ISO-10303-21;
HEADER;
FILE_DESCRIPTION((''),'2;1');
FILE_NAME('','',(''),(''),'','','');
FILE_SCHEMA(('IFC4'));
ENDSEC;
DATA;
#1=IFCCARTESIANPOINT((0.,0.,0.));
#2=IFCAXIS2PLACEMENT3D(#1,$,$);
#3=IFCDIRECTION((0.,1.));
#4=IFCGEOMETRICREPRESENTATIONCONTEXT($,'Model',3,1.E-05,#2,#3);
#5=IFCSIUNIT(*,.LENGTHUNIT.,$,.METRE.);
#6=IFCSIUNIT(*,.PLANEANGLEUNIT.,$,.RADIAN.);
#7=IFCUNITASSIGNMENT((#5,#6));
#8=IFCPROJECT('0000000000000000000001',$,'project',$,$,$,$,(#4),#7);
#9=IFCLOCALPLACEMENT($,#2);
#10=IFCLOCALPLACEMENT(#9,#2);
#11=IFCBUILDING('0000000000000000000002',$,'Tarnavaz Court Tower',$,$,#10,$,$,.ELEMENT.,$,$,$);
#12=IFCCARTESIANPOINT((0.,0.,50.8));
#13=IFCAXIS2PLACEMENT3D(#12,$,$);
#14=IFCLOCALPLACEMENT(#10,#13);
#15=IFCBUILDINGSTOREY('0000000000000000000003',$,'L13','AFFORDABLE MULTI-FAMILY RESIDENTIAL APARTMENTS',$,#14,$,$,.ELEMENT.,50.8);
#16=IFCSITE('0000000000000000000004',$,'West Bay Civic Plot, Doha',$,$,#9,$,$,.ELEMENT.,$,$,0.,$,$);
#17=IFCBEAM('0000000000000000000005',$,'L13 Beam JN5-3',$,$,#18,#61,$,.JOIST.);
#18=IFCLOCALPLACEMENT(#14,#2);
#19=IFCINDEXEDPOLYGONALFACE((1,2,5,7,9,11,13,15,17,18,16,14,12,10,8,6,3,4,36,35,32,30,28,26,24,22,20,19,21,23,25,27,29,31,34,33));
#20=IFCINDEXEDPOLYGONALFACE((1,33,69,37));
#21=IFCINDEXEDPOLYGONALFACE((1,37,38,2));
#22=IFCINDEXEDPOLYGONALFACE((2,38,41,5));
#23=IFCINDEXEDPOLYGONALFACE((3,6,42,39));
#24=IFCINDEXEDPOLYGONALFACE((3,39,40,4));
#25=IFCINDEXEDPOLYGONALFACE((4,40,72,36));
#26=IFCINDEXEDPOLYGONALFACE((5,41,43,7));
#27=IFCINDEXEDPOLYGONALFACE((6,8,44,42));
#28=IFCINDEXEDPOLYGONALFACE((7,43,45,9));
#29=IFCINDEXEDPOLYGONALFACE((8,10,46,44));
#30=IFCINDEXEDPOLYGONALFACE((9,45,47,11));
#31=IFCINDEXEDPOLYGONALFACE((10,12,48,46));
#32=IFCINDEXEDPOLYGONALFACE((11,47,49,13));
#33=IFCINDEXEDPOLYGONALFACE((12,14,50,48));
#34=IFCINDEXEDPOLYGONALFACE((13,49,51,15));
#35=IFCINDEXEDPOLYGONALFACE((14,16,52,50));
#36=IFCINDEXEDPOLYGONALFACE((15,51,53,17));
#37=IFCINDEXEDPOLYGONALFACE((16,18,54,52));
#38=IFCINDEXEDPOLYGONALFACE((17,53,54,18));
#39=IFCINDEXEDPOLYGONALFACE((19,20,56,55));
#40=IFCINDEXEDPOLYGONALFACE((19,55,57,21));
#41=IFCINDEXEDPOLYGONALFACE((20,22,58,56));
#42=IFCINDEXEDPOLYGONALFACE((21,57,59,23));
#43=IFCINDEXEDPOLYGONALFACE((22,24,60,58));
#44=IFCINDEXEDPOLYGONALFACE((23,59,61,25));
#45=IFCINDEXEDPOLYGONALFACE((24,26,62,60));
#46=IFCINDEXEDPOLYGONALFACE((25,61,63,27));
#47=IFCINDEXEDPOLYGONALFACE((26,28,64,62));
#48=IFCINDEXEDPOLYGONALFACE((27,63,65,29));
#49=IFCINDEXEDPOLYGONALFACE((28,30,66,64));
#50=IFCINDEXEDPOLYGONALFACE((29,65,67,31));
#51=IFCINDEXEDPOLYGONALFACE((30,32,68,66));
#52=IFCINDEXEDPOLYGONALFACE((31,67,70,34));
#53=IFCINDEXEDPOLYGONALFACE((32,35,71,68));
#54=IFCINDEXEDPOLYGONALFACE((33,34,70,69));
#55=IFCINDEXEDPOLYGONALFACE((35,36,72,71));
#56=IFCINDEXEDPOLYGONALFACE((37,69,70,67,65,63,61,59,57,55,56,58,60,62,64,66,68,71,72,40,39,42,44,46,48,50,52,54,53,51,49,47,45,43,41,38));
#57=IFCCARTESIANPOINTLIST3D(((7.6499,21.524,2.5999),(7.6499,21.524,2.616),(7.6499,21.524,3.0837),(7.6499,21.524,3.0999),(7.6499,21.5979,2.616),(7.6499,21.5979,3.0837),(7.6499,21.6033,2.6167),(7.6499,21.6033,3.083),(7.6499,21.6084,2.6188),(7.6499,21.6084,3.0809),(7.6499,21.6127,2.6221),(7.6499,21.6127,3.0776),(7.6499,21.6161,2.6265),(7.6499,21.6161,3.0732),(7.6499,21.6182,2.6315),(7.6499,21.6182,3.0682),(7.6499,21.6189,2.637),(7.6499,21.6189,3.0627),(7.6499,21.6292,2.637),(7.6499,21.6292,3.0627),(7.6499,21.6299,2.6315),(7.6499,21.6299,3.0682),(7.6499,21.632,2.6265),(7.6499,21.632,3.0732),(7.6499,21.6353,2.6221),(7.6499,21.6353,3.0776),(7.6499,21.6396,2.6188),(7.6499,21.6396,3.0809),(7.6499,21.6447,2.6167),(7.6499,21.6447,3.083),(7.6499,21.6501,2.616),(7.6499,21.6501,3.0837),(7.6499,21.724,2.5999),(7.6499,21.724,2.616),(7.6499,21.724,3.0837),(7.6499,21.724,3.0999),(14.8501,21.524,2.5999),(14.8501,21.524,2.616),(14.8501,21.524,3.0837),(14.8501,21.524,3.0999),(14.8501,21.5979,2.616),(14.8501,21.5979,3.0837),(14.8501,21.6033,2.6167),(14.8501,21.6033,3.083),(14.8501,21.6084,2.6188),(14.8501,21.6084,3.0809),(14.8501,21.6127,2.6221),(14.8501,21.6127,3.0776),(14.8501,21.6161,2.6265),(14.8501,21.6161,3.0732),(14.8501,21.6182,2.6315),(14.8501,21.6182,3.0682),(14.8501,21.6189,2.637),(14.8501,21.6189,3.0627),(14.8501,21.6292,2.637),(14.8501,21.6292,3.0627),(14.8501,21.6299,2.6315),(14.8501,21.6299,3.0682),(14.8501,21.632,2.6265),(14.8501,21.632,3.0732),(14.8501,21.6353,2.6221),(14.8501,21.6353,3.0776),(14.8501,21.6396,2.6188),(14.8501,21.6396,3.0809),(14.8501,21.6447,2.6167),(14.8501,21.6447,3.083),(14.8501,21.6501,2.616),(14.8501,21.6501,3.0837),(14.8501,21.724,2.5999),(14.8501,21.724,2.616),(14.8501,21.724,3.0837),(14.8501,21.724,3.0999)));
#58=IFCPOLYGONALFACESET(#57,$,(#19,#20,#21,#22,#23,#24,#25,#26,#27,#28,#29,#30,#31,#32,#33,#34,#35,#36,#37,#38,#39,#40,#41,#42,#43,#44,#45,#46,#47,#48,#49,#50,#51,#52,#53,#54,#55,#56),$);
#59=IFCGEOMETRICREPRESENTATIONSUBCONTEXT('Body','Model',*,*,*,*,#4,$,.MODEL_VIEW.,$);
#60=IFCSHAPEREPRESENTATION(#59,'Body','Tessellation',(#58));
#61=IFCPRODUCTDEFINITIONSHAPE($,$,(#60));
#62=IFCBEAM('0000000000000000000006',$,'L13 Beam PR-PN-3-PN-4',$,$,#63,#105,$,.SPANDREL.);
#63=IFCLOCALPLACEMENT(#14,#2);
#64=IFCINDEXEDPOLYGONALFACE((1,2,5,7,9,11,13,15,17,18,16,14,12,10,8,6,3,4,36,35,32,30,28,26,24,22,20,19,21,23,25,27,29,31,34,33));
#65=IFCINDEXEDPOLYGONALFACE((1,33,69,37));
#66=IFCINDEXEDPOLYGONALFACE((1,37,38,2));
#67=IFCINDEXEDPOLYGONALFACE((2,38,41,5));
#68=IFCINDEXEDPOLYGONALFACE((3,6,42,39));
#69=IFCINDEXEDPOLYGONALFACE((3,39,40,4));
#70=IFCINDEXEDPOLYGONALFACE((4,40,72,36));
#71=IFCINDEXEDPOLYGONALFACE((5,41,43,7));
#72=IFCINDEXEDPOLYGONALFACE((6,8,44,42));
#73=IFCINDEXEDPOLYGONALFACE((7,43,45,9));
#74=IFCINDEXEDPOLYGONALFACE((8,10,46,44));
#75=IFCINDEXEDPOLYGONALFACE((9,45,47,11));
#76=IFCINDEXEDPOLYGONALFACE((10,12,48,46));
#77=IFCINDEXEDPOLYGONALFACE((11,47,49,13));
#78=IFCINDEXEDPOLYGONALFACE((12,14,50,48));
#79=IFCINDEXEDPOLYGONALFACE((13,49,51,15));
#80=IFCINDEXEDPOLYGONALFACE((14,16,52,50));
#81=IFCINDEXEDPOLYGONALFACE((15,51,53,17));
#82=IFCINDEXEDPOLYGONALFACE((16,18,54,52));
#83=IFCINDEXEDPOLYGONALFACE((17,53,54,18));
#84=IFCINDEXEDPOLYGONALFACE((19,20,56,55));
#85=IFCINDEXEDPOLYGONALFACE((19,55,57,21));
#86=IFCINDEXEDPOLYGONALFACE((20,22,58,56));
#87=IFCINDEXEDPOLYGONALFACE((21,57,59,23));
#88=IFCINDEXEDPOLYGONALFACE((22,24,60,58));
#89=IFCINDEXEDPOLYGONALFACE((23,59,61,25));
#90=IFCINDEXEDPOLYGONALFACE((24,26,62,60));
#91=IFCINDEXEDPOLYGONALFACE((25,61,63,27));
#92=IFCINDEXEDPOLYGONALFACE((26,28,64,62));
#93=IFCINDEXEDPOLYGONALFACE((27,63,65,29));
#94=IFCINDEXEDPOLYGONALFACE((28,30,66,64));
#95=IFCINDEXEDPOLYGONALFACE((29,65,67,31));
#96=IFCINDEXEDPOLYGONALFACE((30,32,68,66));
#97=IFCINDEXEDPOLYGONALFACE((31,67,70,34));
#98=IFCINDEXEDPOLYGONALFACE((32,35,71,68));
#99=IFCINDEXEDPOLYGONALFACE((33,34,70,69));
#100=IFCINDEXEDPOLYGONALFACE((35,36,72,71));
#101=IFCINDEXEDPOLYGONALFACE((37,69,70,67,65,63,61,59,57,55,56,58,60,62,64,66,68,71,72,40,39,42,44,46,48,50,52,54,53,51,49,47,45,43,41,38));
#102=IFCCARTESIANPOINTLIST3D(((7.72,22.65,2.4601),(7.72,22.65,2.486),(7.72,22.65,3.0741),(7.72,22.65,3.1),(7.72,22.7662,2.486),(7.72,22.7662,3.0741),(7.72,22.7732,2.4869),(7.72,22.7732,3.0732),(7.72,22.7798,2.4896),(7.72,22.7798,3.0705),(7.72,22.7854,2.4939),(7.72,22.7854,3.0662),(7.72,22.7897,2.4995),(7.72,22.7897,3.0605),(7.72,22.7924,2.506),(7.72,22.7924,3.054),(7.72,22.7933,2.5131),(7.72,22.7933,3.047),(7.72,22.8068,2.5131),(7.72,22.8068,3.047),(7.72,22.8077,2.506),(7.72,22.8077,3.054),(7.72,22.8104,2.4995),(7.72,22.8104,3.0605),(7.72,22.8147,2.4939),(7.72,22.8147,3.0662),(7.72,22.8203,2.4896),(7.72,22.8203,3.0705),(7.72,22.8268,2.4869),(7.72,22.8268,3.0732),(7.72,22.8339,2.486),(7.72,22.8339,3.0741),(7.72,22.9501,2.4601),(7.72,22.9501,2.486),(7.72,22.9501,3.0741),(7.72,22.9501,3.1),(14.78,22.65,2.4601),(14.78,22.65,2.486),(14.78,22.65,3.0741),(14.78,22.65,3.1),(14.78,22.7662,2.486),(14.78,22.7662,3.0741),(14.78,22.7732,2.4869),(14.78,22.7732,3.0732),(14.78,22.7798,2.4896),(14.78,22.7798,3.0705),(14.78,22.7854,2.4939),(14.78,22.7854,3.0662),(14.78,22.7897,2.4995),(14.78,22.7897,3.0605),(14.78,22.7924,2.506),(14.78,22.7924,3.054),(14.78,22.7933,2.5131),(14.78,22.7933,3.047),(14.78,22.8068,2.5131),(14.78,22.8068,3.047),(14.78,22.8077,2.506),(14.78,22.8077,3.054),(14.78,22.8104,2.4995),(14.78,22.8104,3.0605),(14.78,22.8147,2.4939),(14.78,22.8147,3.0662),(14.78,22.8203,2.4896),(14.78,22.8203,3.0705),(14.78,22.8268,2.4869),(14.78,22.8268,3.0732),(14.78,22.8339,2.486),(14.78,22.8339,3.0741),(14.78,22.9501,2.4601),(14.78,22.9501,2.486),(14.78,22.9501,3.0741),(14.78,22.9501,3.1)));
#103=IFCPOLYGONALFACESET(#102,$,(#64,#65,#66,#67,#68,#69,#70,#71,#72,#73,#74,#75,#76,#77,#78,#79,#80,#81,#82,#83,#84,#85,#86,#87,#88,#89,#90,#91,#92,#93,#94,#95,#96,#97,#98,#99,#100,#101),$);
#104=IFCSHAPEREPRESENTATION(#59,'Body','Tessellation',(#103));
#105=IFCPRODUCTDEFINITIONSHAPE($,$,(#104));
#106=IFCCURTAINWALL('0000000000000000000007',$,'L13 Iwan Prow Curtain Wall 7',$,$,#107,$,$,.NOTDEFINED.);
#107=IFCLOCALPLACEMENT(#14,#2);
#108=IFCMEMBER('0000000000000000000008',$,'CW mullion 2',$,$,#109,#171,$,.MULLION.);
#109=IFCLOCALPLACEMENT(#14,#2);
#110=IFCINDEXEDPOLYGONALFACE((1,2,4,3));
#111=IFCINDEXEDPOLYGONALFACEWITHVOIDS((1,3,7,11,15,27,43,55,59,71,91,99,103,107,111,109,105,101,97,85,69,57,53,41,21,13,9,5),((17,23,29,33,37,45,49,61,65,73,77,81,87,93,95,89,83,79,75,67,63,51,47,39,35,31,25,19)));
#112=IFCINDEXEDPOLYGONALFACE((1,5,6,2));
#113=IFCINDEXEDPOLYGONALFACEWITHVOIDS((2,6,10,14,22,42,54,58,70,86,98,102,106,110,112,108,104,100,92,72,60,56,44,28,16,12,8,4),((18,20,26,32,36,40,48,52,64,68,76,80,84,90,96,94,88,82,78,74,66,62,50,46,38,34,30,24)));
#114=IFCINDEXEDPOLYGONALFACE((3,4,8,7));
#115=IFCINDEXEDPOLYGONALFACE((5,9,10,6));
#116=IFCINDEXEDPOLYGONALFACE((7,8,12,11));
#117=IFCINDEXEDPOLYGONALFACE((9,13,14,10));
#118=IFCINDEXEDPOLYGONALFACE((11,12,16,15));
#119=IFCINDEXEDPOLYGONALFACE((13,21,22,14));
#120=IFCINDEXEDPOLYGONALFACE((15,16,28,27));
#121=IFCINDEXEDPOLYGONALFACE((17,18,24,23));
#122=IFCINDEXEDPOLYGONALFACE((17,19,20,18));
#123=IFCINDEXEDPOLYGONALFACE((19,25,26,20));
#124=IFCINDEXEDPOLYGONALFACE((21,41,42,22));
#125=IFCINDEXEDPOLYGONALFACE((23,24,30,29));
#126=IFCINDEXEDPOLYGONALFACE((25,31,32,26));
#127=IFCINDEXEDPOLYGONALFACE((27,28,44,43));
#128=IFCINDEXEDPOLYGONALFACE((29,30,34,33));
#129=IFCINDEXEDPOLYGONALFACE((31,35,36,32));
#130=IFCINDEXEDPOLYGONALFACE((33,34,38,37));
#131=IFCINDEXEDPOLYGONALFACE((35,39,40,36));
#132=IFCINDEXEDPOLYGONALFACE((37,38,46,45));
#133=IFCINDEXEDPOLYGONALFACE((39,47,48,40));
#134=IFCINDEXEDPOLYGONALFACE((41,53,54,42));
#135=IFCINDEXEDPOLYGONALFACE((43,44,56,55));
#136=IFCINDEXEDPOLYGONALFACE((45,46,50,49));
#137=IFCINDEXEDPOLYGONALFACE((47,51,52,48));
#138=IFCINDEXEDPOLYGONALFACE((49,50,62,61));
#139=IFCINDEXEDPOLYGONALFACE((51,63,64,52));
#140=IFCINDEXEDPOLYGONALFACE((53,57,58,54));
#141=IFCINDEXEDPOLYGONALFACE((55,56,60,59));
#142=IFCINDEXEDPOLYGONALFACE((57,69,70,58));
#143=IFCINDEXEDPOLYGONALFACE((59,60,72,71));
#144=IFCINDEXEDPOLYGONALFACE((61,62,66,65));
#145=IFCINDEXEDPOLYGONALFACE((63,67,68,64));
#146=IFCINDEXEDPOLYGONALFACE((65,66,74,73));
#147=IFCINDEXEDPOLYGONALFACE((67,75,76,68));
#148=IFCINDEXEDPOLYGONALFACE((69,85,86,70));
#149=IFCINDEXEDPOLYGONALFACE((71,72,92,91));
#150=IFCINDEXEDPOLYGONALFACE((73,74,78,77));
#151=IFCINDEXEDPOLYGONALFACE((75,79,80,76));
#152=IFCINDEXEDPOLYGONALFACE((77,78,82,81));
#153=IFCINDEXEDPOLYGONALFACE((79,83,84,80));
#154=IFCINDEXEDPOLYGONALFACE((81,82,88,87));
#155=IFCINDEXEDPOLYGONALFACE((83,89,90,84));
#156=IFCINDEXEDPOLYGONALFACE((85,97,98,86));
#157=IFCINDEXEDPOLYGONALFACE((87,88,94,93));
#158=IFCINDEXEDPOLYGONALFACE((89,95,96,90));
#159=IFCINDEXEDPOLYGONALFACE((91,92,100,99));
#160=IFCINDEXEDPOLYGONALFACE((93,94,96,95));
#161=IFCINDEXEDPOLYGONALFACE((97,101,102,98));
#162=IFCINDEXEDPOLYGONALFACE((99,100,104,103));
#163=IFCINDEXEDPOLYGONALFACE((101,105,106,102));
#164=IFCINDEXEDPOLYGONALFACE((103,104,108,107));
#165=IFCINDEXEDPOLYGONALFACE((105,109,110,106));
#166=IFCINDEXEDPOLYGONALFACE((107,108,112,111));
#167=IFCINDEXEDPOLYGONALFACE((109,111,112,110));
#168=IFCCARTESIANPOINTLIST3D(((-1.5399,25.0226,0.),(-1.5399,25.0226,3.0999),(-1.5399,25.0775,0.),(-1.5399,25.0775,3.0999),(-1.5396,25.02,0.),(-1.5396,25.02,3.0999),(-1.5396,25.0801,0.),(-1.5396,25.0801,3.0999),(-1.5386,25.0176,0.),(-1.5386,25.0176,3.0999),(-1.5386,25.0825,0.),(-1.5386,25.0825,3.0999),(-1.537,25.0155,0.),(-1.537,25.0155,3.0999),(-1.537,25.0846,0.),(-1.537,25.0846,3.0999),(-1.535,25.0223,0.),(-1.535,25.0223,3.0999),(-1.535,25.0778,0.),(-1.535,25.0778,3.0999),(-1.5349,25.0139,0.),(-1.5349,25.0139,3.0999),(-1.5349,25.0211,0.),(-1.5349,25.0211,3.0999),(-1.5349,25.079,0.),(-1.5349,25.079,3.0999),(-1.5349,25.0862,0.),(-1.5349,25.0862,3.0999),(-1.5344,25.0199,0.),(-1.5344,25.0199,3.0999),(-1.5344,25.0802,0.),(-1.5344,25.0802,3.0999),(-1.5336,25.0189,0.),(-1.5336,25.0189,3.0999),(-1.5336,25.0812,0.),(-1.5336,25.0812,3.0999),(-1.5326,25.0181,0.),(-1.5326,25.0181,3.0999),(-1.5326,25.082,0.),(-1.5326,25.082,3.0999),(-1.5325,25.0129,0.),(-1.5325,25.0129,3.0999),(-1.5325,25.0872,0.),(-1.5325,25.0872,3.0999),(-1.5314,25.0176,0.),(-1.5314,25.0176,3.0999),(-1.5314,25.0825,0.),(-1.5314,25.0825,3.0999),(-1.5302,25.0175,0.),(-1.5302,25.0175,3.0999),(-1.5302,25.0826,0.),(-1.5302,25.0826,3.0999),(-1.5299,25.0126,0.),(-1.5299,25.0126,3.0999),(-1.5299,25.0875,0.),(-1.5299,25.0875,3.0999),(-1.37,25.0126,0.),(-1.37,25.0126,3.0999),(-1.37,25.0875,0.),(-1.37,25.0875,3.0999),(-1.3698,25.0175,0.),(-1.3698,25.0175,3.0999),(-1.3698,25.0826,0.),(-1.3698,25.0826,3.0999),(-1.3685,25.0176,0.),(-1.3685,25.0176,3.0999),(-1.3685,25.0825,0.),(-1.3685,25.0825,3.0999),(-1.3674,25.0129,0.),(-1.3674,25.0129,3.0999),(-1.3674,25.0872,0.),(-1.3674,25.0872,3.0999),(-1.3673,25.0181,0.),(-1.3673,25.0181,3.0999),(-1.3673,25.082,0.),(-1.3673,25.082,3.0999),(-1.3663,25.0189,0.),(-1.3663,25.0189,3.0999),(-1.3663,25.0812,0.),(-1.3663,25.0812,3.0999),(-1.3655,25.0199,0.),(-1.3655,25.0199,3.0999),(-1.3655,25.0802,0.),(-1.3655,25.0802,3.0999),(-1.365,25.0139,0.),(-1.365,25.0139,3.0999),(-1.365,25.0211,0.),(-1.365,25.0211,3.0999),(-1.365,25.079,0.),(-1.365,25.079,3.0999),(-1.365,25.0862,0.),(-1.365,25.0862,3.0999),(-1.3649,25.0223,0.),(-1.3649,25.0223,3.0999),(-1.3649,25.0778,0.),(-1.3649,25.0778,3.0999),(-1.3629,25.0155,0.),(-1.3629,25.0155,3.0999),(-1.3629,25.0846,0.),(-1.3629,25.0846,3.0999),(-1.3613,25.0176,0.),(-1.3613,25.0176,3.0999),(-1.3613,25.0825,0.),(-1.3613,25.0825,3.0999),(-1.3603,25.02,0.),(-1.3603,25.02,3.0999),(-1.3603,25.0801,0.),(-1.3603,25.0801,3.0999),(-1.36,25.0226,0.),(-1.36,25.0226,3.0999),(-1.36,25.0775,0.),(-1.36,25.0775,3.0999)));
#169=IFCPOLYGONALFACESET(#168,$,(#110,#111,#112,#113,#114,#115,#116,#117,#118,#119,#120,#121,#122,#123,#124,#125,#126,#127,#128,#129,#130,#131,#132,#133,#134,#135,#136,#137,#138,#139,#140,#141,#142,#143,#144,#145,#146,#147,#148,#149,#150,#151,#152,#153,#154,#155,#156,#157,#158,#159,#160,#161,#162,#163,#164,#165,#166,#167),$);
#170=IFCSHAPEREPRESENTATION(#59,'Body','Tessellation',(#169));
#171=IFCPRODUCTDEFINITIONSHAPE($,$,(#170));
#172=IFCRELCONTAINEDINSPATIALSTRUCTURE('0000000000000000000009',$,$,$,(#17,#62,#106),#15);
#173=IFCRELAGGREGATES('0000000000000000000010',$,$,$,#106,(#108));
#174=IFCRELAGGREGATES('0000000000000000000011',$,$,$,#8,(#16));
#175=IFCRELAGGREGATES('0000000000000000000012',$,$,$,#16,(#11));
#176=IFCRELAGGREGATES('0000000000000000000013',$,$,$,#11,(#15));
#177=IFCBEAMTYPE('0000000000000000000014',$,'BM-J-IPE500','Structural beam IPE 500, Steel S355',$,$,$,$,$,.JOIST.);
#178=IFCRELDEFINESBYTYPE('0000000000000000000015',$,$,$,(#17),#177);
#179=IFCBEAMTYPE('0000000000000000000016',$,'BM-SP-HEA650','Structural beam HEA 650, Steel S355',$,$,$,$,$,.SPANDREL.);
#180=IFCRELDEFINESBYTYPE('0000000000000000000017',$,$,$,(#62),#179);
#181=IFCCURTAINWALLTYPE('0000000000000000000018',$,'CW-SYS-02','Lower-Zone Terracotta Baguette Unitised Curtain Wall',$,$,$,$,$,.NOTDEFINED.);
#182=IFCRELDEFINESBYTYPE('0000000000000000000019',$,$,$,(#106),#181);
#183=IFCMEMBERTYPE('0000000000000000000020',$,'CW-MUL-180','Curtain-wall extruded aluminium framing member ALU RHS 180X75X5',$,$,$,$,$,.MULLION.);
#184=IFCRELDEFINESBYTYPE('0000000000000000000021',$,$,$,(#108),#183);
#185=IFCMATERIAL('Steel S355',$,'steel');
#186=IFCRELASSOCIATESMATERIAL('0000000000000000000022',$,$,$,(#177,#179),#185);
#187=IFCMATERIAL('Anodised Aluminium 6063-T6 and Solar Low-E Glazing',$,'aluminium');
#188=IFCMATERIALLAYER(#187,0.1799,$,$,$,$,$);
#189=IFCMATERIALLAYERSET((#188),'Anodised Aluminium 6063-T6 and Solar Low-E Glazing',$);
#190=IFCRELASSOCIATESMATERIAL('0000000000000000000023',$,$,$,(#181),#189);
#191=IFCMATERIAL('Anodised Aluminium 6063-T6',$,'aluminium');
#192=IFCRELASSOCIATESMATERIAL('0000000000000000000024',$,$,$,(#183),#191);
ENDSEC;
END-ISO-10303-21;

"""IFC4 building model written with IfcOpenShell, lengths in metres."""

from ifc_helpers import new_model, si_unit, direction, frame, origin, origin_2d, place, context, subcontext, project, spatial, hollow_rectangle, i_section, extrude, material, layer, layer_set, material_profile, profile_set, type_object, element, aggregate, save


model = new_model("IFC4")

# Units and contexts
model_context = context("Model", 3, precision=1e-05, world=origin(), true_north=direction((0.0, 1.0)))
body_context = subcontext(model_context, "Body", "Model", "MODEL_VIEW")
ifc_project = project(units=[si_unit("LENGTHUNIT", "METRE"), si_unit("PLANEANGLEUNIT", "RADIAN")], contexts=[model_context])

# Site, building, storey
site_placement = place(None, origin())
site = spatial("IfcSite", under=ifc_project, at=site_placement, Name="West Bay Civic Plot, Doha", CompositionType="ELEMENT", RefElevation=0.0)
building_placement = place(site_placement, origin())
building = spatial("IfcBuilding", under=site, at=building_placement, Name="Tarnavaz Court Tower", CompositionType="ELEMENT")
storey_placement = place(building_placement, frame((0.0, 0.0, 50.8)))
storey = spatial("IfcBuildingStorey", under=building, at=storey_placement, Name="L13", Description="AFFORDABLE MULTI-FAMILY RESIDENTIAL APARTMENTS", CompositionType="ELEMENT", Elevation=50.8)

# Beams
ifc_material_1 = material(Name="Steel S355", Category="steel")
ifc_material_profile_1 = material_profile(ifc_material_1, i_section(OverallWidth=0.2, OverallDepth=0.5, WebThickness=0.0103, FlangeThickness=0.0161, FilletRadius=0.021, at=origin_2d()), Name="IPE 500")
ifc_profile_set_1 = profile_set([ifc_material_profile_1], Name="Steel S355")
beam_type_1 = type_object("IfcBeamType", Name="BM-J-IPE500", Description="Structural beam IPE 500, Steel S355", PredefinedType="JOIST", material=ifc_profile_set_1)
for number, where, z_axis, x_axis, name in (
    (1, (7.6499, 21.624, 2.8499), (1.0, 0.0, 0.0), (0.0, 1.0, 0.0), "L13 Beam JN5-3"),
):
    element("IfcBeam", number, at=place(storey_placement, frame(where, z_axis=z_axis, x_axis=x_axis)), inside=storey, type_object=beam_type_1, Name=name, PredefinedType="JOIST", context=body_context, shape_type="SweptSolid", body=[
        extrude(i_section(OverallWidth=0.2, OverallDepth=0.5, WebThickness=0.0103, FlangeThickness=0.0161, FilletRadius=0.021, at=origin_2d()), origin(), (0.0, 0.0, 1.0), 7.2002),
    ])
ifc_material_profile_2 = material_profile(ifc_material_1, i_section(OverallWidth=0.3, OverallDepth=0.6399, WebThickness=0.0134, FlangeThickness=0.0259, FilletRadius=0.0271, at=origin_2d()), Name="HEA 650")
ifc_profile_set_2 = profile_set([ifc_material_profile_2], Name="Steel S355")
beam_type_2 = type_object("IfcBeamType", Name="BM-SP-HEA650", Description="Structural beam HEA 650, Steel S355", PredefinedType="SPANDREL", material=ifc_profile_set_2)
beam_placement = place(storey_placement, frame((7.72, 22.8, 2.78), z_axis=(1.0, 0.0, 0.0), x_axis=(0.0, 1.0, 0.0)))
element("IfcBeam", 2, at=beam_placement, inside=storey, type_object=beam_type_2, Name="L13 Beam PR-PN-3-PN-4", PredefinedType="SPANDREL", context=body_context, shape_type="SweptSolid", body=[
    extrude(i_section(OverallWidth=0.3, OverallDepth=0.6399, WebThickness=0.0134, FlangeThickness=0.0259, FilletRadius=0.0271, at=origin_2d()), origin(), (0.0, 0.0, 1.0), 7.0601),
])

# Curtain wall, member
ifc_material_2 = material(Name="Anodised Aluminium 6063-T6 and Solar Low-E Glazing", Category="aluminium")
ifc_layer_1 = layer(ifc_material_2, 0.1799)
ifc_layer_set_1 = layer_set([ifc_layer_1], Name="Anodised Aluminium 6063-T6 and Solar Low-E Glazing")
curtain_wall_type = type_object("IfcCurtainWallType", Name="CW-SYS-02", Description="Lower-Zone Terracotta Baguette Unitised Curtain Wall", PredefinedType="NOTDEFINED", material=ifc_layer_set_1)
curtain_wall_placement = place(storey_placement, origin())
curtain_wall = element("IfcCurtainWall", 3, at=curtain_wall_placement, inside=storey, type_object=curtain_wall_type, Name="L13 Iwan Prow Curtain Wall 7", PredefinedType="NOTDEFINED")
ifc_material_3 = material(Name="Anodised Aluminium 6063-T6", Category="aluminium")
ifc_material_profile_3 = material_profile(ifc_material_3, hollow_rectangle(XDim=0.075, YDim=0.1799, WallThickness=0.0049, InnerFilletRadius=0.0049, OuterFilletRadius=0.01, at=origin_2d()), Name="ALU RHS 180X75X5")
ifc_profile_set_3 = profile_set([ifc_material_profile_3], Name="Anodised Aluminium 6063-T6")
member_type_1 = type_object("IfcMemberType", Name="CW-MUL-180", Description="Curtain-wall extruded aluminium framing member ALU RHS 180X75X5", PredefinedType="MULLION", material=ifc_profile_set_3)
member_1_placement = place(storey_placement, frame((-1.45, 25.05, 0.0), z_axis=(0.0, 0.0, 1.0), x_axis=(0.0, 1.0, 0.0)))
member_1 = element("IfcMember", 4, at=member_1_placement, type_object=member_type_1, Name="CW mullion 2", PredefinedType="MULLION", context=body_context, shape_type="SweptSolid", body=[
    extrude(hollow_rectangle(XDim=0.075, YDim=0.1799, WallThickness=0.0049, InnerFilletRadius=0.0049, OuterFilletRadius=0.01, at=origin_2d()), origin(), (0.0, 0.0, 1.0), 3.0999),
])
aggregate(curtain_wall, [member_1])

save(model, "model.ifc")
